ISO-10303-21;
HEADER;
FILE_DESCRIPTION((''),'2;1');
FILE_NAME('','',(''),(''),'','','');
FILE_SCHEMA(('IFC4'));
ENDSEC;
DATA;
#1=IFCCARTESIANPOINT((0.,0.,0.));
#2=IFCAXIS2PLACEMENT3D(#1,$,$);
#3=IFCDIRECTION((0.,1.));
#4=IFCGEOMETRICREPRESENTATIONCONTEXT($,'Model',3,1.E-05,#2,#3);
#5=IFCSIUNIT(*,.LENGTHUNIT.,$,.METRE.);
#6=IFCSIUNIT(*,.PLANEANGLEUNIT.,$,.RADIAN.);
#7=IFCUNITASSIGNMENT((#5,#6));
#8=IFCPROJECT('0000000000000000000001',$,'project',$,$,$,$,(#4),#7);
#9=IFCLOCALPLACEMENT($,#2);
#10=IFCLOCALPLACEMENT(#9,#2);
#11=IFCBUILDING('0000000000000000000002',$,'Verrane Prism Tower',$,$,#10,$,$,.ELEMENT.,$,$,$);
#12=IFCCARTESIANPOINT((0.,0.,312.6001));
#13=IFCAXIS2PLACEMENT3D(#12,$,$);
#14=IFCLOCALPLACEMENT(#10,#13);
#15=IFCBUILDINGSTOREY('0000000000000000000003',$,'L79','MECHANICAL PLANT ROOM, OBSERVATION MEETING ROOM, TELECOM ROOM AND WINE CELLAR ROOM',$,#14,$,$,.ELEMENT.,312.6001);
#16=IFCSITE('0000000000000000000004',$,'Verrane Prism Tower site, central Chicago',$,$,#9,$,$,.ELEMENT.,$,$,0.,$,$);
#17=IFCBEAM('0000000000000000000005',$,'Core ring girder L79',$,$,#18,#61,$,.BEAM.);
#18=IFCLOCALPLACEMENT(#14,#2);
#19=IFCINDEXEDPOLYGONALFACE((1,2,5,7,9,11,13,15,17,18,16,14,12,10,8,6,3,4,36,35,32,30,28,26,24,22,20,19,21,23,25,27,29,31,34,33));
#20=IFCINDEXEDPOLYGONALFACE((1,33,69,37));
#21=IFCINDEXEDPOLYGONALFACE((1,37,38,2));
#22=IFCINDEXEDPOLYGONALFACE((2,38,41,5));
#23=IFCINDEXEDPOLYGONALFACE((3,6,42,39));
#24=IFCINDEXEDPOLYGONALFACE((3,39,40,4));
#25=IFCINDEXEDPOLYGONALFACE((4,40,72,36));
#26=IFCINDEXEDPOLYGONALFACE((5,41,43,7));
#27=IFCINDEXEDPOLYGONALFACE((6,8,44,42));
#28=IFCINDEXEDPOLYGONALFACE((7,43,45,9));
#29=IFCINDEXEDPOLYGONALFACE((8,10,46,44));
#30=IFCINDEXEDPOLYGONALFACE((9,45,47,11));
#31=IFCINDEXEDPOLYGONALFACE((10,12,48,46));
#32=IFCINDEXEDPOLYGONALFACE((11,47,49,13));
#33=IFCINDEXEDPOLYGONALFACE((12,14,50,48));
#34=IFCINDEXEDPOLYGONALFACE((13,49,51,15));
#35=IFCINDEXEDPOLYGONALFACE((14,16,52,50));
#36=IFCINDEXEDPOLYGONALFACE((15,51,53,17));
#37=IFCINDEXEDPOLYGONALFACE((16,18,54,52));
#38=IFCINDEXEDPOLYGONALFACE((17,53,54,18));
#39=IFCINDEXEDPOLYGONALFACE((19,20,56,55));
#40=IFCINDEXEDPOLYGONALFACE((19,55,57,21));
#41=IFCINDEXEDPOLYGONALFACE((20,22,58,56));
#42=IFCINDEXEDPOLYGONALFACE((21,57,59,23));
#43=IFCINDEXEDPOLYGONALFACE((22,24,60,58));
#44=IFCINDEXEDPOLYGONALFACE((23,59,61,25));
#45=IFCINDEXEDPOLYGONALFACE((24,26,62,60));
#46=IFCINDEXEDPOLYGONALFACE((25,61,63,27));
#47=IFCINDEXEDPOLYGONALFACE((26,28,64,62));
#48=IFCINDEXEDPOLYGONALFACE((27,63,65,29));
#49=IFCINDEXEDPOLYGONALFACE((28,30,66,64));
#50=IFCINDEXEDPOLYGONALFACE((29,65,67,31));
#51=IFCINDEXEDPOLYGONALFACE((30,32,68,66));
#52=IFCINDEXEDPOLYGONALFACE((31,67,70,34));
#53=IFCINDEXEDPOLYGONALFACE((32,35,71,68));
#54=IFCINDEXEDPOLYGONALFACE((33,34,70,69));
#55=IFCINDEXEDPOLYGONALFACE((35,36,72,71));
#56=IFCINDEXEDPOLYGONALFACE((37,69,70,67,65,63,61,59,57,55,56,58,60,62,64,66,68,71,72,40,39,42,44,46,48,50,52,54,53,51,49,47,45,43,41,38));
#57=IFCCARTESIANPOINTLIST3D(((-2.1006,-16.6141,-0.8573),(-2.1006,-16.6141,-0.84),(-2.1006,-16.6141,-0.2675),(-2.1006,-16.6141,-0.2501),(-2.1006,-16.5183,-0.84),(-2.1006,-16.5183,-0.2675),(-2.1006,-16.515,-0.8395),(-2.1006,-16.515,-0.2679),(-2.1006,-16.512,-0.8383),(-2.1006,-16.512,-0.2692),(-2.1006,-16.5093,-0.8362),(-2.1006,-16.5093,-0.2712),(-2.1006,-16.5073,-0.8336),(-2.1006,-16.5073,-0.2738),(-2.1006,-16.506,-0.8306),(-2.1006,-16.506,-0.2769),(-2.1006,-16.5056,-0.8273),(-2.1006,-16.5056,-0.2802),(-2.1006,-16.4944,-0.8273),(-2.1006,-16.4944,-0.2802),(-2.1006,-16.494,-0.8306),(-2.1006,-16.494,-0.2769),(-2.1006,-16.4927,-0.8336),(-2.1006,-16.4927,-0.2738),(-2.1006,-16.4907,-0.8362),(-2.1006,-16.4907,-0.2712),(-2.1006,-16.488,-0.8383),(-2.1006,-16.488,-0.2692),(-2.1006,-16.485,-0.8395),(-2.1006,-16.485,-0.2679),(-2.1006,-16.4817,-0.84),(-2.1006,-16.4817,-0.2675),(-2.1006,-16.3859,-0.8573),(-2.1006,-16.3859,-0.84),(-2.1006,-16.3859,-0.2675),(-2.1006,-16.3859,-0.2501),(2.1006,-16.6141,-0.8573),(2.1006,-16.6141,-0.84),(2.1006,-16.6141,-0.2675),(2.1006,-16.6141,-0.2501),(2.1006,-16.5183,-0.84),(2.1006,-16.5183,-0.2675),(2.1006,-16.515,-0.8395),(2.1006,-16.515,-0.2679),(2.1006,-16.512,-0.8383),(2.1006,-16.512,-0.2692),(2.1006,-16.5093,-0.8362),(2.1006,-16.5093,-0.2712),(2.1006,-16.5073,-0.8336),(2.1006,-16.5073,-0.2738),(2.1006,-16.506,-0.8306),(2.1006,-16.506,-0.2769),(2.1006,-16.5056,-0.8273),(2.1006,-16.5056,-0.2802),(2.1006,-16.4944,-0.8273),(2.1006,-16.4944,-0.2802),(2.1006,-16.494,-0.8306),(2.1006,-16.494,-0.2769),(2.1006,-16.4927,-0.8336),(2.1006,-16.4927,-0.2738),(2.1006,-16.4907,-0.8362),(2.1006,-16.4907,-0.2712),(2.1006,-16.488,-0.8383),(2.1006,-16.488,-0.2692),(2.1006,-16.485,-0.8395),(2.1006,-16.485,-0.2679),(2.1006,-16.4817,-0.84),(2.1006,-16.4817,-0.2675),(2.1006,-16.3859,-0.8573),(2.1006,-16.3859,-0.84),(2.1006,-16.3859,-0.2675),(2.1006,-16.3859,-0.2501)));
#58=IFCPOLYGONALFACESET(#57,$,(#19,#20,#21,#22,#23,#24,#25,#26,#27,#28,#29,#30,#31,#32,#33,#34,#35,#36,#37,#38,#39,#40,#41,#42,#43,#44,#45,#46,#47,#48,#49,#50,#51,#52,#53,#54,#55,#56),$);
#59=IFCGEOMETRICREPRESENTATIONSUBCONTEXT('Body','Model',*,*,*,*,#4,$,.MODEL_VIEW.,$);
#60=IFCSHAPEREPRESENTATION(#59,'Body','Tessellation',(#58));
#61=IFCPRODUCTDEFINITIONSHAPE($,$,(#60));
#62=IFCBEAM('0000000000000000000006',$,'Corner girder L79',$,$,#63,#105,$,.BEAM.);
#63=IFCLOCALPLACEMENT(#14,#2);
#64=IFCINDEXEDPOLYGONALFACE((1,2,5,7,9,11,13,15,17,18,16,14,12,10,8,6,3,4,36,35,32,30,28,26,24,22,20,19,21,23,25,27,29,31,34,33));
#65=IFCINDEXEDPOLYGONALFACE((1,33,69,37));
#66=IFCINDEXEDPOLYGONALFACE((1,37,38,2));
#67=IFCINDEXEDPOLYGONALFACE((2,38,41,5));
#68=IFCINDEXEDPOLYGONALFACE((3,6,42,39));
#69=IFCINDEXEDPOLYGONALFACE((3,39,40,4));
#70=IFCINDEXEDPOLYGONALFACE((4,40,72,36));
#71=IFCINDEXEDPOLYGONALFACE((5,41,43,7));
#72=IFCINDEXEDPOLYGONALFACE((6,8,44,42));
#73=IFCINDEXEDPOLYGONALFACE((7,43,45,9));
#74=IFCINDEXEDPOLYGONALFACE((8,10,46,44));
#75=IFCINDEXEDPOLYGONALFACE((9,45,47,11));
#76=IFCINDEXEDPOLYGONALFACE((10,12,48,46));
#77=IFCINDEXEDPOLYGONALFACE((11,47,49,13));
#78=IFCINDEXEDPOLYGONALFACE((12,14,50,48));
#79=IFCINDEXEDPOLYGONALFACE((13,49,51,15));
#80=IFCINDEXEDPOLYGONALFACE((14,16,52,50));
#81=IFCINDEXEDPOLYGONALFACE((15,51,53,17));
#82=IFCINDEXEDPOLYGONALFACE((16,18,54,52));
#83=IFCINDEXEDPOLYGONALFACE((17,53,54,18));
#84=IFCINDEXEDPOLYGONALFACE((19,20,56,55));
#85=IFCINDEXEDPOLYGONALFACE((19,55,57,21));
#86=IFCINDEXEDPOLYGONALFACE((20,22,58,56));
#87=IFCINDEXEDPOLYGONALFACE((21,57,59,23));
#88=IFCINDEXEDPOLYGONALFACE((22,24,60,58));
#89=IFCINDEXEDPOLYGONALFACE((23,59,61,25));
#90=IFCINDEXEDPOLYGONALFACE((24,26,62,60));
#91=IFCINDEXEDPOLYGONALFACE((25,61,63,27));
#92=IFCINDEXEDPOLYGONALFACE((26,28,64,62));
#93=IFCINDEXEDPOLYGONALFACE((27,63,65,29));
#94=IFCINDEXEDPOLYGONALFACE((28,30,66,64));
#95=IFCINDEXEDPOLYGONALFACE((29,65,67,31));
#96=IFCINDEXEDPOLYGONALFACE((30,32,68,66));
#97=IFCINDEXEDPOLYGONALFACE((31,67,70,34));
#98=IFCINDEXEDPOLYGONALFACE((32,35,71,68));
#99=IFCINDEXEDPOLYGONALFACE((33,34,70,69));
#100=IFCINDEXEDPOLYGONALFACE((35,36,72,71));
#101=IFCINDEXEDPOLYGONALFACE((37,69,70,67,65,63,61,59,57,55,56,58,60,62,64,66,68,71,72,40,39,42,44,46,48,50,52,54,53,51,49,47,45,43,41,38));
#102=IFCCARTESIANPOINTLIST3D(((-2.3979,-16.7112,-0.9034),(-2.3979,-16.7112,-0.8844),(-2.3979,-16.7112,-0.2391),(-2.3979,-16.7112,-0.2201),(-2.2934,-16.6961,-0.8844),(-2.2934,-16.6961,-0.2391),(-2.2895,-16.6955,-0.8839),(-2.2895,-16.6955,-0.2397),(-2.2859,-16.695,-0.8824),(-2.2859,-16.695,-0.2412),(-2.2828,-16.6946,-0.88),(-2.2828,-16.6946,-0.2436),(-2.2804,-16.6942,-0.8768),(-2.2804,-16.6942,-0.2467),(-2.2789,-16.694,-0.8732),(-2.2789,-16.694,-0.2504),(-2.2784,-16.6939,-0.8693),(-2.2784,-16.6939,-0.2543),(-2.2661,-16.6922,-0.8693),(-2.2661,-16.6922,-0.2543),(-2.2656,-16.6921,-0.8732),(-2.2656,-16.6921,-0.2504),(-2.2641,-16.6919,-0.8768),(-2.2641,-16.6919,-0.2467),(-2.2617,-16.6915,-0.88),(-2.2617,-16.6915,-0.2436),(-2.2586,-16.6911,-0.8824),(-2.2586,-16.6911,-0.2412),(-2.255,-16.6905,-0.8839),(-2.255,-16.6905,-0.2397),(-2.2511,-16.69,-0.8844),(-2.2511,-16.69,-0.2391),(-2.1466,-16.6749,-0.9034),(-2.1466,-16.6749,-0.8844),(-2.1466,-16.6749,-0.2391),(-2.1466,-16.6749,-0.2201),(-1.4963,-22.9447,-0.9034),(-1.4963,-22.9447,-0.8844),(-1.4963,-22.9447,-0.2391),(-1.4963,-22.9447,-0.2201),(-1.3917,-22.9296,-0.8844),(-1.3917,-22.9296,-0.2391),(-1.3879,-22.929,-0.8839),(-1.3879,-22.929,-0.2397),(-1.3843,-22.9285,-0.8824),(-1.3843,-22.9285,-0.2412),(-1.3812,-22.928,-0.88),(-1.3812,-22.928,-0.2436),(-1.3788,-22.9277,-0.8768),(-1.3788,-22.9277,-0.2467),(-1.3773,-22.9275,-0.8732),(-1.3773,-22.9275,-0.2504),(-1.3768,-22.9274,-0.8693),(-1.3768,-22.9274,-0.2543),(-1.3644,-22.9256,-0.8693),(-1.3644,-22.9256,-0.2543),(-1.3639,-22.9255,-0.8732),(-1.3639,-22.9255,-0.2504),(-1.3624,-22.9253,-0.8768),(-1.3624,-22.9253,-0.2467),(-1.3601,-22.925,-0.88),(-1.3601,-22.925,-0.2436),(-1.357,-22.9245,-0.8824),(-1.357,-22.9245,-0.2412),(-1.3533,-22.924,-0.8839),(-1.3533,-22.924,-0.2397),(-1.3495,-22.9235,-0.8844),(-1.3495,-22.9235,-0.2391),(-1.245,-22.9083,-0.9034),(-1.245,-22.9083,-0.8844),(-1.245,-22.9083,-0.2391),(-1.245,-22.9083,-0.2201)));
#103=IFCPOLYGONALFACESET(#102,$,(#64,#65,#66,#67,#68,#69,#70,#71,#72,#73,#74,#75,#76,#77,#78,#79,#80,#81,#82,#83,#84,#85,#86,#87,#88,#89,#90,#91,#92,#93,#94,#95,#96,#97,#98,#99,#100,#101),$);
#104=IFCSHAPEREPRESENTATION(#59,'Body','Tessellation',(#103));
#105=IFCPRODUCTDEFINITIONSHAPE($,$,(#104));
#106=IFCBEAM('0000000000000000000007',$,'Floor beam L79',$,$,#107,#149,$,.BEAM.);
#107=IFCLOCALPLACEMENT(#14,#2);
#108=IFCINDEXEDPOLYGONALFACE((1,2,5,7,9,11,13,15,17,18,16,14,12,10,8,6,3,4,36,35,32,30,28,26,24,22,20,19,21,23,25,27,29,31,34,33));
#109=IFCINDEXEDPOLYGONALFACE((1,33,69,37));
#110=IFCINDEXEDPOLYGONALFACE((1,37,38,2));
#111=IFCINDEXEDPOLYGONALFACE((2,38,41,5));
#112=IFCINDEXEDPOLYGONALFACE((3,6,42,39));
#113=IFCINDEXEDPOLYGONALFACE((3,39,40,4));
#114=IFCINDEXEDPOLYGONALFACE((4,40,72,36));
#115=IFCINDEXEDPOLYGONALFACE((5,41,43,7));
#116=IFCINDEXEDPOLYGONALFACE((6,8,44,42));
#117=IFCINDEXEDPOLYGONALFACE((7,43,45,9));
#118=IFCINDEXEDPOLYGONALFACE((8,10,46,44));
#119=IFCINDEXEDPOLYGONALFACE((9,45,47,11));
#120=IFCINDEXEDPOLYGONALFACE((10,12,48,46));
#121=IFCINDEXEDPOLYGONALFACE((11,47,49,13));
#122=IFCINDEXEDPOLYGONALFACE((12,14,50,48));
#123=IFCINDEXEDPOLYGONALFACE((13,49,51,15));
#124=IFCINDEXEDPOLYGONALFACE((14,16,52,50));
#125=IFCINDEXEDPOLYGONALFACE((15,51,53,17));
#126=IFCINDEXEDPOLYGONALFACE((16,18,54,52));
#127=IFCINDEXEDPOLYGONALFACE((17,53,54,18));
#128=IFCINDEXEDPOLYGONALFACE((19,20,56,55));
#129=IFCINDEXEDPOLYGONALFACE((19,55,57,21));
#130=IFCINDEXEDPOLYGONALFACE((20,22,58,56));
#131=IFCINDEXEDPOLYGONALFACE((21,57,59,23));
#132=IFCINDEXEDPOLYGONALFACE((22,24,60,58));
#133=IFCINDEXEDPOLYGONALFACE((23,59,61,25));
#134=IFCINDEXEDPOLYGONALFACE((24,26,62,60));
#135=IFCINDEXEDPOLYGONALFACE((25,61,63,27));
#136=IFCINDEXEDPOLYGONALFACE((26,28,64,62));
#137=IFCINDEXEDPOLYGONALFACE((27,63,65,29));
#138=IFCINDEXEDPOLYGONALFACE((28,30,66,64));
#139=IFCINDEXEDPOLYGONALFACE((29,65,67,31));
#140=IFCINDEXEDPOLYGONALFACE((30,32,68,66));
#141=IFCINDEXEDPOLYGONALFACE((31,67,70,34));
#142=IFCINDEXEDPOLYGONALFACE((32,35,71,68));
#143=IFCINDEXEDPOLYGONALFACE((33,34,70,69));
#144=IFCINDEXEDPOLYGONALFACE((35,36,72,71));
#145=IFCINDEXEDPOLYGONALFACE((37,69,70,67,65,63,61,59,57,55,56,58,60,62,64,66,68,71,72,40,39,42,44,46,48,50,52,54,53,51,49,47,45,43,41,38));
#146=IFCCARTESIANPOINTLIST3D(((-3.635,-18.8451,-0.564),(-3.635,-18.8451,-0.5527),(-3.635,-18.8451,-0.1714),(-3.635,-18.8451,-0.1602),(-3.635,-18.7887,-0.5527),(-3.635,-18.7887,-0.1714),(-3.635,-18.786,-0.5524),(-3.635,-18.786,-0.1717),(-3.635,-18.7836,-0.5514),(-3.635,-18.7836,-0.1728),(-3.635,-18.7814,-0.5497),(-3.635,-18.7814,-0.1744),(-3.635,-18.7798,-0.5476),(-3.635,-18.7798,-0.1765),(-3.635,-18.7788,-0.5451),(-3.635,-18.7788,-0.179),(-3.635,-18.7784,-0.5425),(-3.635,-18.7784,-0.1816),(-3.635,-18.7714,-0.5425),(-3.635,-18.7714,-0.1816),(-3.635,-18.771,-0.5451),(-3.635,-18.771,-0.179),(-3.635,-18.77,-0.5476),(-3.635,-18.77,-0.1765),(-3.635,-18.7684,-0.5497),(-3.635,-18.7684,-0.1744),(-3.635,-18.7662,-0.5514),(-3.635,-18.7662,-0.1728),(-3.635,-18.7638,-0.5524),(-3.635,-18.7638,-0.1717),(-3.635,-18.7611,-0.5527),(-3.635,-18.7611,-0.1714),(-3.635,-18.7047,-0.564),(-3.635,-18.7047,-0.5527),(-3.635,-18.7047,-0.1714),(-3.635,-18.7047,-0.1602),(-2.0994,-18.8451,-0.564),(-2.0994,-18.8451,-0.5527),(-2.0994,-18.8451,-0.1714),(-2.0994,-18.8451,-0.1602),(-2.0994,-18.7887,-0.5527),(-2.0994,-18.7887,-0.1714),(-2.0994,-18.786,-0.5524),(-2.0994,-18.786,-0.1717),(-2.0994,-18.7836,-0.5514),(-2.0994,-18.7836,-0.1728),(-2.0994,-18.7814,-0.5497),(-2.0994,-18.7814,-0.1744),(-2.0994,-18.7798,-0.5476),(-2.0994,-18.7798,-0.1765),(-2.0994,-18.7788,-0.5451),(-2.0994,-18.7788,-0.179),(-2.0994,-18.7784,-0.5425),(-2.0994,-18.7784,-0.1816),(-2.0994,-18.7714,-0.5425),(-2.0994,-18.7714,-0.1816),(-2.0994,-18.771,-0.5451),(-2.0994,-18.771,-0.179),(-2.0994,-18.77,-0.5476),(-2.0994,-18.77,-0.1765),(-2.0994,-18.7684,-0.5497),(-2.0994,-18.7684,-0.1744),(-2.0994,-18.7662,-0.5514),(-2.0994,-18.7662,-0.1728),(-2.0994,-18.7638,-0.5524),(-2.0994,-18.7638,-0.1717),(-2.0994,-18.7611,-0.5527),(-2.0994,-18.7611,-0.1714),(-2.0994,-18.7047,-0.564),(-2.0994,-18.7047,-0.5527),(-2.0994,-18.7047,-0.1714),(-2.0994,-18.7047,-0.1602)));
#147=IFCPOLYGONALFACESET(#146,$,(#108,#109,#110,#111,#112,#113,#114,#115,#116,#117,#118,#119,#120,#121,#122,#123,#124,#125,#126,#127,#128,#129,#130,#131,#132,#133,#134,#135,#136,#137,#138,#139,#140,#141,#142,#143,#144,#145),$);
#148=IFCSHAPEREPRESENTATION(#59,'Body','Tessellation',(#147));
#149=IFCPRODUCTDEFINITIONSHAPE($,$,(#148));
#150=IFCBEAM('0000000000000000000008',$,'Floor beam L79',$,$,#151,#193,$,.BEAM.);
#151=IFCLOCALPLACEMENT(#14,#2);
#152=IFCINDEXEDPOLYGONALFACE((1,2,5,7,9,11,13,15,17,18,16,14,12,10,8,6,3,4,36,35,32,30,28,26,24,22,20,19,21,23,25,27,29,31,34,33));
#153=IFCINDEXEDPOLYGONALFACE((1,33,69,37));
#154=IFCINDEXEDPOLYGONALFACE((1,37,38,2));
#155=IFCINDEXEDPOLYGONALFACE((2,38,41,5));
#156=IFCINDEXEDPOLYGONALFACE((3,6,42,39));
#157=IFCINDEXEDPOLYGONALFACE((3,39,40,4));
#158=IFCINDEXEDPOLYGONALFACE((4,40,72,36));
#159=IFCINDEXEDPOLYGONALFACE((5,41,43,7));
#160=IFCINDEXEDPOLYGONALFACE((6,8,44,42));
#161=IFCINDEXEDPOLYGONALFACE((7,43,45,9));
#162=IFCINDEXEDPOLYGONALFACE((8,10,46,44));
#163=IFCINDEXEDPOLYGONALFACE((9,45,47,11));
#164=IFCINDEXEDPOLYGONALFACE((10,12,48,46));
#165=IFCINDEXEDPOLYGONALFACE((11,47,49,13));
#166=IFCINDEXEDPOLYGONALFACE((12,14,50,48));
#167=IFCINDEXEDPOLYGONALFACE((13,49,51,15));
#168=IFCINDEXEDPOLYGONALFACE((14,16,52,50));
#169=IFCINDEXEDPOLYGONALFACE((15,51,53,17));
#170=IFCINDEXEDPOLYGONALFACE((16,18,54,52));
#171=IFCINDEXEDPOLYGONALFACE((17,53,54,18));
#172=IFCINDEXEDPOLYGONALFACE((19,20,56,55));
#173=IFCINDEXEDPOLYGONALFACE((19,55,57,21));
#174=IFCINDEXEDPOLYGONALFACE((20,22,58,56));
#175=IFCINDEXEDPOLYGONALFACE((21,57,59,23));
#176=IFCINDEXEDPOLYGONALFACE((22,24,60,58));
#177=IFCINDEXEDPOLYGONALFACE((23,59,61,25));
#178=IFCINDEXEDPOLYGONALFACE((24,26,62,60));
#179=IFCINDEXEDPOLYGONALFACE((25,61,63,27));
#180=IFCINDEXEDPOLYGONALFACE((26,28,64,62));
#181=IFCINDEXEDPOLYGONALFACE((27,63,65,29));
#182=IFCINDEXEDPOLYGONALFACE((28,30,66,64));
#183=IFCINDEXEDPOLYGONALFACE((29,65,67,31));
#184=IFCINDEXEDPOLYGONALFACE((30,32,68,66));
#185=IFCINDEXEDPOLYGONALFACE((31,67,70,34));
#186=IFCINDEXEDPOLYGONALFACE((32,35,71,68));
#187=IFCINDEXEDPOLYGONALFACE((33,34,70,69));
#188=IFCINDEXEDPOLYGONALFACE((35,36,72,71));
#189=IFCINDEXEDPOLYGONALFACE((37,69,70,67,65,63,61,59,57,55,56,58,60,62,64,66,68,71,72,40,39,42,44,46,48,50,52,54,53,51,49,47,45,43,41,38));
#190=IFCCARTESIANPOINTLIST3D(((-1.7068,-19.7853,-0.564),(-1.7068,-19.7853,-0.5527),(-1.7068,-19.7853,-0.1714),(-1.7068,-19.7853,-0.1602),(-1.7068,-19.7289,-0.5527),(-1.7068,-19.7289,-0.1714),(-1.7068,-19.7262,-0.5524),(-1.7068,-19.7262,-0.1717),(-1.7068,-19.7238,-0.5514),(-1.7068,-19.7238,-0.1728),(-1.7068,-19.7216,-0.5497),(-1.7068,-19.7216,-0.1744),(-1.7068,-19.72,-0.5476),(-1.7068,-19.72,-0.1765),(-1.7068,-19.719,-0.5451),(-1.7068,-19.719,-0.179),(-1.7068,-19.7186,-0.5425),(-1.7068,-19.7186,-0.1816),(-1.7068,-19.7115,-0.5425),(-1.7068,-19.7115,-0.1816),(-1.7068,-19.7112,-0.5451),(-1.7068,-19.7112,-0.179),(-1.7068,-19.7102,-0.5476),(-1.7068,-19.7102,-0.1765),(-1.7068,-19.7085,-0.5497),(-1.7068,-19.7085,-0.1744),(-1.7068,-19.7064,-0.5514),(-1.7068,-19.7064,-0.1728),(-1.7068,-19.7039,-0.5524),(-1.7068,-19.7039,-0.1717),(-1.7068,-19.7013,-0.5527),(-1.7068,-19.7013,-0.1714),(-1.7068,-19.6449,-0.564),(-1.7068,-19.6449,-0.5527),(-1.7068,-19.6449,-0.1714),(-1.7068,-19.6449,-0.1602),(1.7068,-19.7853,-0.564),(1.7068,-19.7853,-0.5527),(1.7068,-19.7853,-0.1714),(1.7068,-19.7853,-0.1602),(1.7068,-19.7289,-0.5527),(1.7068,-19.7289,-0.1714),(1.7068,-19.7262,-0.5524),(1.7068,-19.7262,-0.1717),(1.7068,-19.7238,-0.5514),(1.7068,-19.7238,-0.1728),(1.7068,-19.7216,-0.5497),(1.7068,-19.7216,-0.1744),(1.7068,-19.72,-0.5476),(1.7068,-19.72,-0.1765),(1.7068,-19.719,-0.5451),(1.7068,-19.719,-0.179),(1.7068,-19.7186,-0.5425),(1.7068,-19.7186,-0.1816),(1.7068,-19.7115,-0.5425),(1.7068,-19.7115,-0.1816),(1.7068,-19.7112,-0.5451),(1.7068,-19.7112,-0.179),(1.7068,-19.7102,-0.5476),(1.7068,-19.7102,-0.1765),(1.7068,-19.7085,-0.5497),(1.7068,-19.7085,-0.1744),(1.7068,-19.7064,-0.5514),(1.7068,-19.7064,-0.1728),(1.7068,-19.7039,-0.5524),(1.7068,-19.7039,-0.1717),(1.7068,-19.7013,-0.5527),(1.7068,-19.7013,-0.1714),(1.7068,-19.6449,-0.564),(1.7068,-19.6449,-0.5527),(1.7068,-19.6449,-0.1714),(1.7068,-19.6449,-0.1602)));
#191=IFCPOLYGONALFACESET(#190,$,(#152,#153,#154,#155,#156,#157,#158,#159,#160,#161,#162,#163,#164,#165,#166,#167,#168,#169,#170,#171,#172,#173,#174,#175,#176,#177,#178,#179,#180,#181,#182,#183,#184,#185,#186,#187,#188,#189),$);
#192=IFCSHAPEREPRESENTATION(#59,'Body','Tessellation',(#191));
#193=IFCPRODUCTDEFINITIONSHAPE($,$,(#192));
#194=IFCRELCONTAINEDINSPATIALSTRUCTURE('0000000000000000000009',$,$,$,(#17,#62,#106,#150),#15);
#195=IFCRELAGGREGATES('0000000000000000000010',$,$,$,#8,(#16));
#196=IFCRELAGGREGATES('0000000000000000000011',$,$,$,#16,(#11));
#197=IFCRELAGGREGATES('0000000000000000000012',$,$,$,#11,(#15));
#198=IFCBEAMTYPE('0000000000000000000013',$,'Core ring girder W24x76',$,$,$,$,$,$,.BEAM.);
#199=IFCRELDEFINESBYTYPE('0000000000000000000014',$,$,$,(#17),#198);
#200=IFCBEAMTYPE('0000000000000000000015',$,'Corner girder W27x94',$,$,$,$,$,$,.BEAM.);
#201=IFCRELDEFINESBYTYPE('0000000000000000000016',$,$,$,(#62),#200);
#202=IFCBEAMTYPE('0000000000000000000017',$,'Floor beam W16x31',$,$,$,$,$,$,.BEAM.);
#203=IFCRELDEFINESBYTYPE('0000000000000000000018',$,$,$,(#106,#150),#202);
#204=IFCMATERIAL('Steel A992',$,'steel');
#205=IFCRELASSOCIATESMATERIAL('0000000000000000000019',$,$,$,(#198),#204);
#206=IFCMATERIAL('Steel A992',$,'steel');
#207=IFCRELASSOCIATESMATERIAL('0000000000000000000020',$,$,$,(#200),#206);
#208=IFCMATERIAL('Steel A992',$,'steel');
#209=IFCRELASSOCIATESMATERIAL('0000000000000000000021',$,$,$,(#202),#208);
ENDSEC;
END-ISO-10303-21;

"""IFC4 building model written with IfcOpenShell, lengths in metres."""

from ifc_helpers import new_model, si_unit, direction, frame, origin, origin_2d, place, context, subcontext, project, spatial, i_section, extrude, material, material_profile, profile_set, type_object, element, save


model = new_model("IFC4")

# Units and contexts
model_context = context("Model", 3, precision=1e-05, world=origin(), true_north=direction((0.0, 1.0)))
body_context = subcontext(model_context, "Body", "Model", "MODEL_VIEW")
ifc_project = project(units=[si_unit("LENGTHUNIT", "METRE"), si_unit("PLANEANGLEUNIT", "RADIAN")], contexts=[model_context])

# Site, building, storey
site_placement = place(None, origin())
site = spatial("IfcSite", under=ifc_project, at=site_placement, Name="Verrane Prism Tower site, central Chicago", CompositionType="ELEMENT", RefElevation=0.0)
building_placement = place(site_placement, origin())
building = spatial("IfcBuilding", under=site, at=building_placement, Name="Verrane Prism Tower", CompositionType="ELEMENT")
storey_placement = place(building_placement, frame((0.0, 0.0, 312.6001)))
storey = spatial("IfcBuildingStorey", under=building, at=storey_placement, Name="L79", Description="MECHANICAL PLANT ROOM, OBSERVATION MEETING ROOM, TELECOM ROOM AND WINE CELLAR ROOM", CompositionType="ELEMENT", Elevation=312.6001)

# Beams
ifc_material_1 = material(Name="Steel A992", Category="steel")
ifc_material_profile_1 = material_profile(ifc_material_1, i_section(OverallWidth=0.2283, OverallDepth=0.6072, WebThickness=0.0112, FlangeThickness=0.0173, FilletRadius=0.0127, at=origin_2d()), Name="W24x76")
ifc_profile_set_1 = profile_set([ifc_material_profile_1], Name="Steel A992")
beam_type_1 = type_object("IfcBeamType", Name="Core ring girder W24x76", PredefinedType="BEAM", material=ifc_profile_set_1)
beam_1_placement = place(storey_placement, frame((-2.1006, -16.5, -0.5537), z_axis=(1.0, 0.0, 0.0), x_axis=(0.0, 1.0, 0.0)))
element("IfcBeam", 1, at=beam_1_placement, inside=storey, type_object=beam_type_1, Name="Core ring girder L79", PredefinedType="BEAM", context=body_context, shape_type="SweptSolid", body=[
    extrude(i_section(OverallWidth=0.2283, OverallDepth=0.6072, WebThickness=0.0112, FlangeThickness=0.0173, FilletRadius=0.0127, at=origin_2d()), origin(), (0.0, 0.0, 1.0), 4.2012),
])
ifc_material_2 = material(Name="Steel A992", Category="steel")
ifc_material_profile_2 = material_profile(ifc_material_2, i_section(OverallWidth=0.2539, OverallDepth=0.6833, WebThickness=0.0125, FlangeThickness=0.019, FilletRadius=0.0151, at=origin_2d()), Name="W27x94")
ifc_profile_set_2 = profile_set([ifc_material_profile_2], Name="Steel A992")
beam_type_2 = type_object("IfcBeamType", Name="Corner girder W27x94", PredefinedType="BEAM", material=ifc_profile_set_2)
beam_2_placement = place(storey_placement, frame((-1.3706, -22.9265, -0.5618), z_axis=(-0.143152, 0.989701, 0.0), x_axis=(-0.989701, -0.143152, 0.0)))
element("IfcBeam", 2, at=beam_2_placement, inside=storey, type_object=beam_type_2, Name="Corner girder L79", PredefinedType="BEAM", context=body_context, shape_type="SweptSolid", body=[
    extrude(i_section(OverallWidth=0.2539, OverallDepth=0.6833, WebThickness=0.0125, FlangeThickness=0.019, FilletRadius=0.0151, at=origin_2d()), origin(), (0.0, 0.0, 1.0), 6.2983),
])
ifc_material_3 = material(Name="Steel A992", Category="steel")
ifc_material_profile_3 = material_profile(ifc_material_3, i_section(OverallWidth=0.1404, OverallDepth=0.4038, WebThickness=0.0071, FlangeThickness=0.0112, FilletRadius=0.0103, at=origin_2d()), Name="W16x31")
ifc_profile_set_3 = profile_set([ifc_material_profile_3], Name="Steel A992")
beam_type_3 = type_object("IfcBeamType", Name="Floor beam W16x31", PredefinedType="BEAM", material=ifc_profile_set_3)
beam_3_placement = place(storey_placement, frame((-3.635, -18.7749, -0.3621), z_axis=(1.0, 0.0, 0.0), x_axis=(0.0, 1.0, 0.0)))
element("IfcBeam", 3, at=beam_3_placement, inside=storey, type_object=beam_type_3, Name="Floor beam L79", PredefinedType="BEAM", context=body_context, shape_type="SweptSolid", body=[
    extrude(i_section(OverallWidth=0.1404, OverallDepth=0.4038, WebThickness=0.0071, FlangeThickness=0.0112, FilletRadius=0.0103, at=origin_2d()), origin(), (0.0, 0.0, 1.0), 1.5356),
])
beam_4_placement = place(storey_placement, frame((-1.7068, -19.7151, -0.3621), z_axis=(1.0, 0.0, 0.0), x_axis=(0.0, 1.0, 0.0)))
element("IfcBeam", 4, at=beam_4_placement, inside=storey, type_object=beam_type_3, Name="Floor beam L79", PredefinedType="BEAM", context=body_context, shape_type="SweptSolid", body=[
    extrude(i_section(OverallWidth=0.1404, OverallDepth=0.4038, WebThickness=0.0071, FlangeThickness=0.0112, FilletRadius=0.0103, at=origin_2d()), origin(), (0.0, 0.0, 1.0), 3.4136),
])

save(model, "model.ifc")
